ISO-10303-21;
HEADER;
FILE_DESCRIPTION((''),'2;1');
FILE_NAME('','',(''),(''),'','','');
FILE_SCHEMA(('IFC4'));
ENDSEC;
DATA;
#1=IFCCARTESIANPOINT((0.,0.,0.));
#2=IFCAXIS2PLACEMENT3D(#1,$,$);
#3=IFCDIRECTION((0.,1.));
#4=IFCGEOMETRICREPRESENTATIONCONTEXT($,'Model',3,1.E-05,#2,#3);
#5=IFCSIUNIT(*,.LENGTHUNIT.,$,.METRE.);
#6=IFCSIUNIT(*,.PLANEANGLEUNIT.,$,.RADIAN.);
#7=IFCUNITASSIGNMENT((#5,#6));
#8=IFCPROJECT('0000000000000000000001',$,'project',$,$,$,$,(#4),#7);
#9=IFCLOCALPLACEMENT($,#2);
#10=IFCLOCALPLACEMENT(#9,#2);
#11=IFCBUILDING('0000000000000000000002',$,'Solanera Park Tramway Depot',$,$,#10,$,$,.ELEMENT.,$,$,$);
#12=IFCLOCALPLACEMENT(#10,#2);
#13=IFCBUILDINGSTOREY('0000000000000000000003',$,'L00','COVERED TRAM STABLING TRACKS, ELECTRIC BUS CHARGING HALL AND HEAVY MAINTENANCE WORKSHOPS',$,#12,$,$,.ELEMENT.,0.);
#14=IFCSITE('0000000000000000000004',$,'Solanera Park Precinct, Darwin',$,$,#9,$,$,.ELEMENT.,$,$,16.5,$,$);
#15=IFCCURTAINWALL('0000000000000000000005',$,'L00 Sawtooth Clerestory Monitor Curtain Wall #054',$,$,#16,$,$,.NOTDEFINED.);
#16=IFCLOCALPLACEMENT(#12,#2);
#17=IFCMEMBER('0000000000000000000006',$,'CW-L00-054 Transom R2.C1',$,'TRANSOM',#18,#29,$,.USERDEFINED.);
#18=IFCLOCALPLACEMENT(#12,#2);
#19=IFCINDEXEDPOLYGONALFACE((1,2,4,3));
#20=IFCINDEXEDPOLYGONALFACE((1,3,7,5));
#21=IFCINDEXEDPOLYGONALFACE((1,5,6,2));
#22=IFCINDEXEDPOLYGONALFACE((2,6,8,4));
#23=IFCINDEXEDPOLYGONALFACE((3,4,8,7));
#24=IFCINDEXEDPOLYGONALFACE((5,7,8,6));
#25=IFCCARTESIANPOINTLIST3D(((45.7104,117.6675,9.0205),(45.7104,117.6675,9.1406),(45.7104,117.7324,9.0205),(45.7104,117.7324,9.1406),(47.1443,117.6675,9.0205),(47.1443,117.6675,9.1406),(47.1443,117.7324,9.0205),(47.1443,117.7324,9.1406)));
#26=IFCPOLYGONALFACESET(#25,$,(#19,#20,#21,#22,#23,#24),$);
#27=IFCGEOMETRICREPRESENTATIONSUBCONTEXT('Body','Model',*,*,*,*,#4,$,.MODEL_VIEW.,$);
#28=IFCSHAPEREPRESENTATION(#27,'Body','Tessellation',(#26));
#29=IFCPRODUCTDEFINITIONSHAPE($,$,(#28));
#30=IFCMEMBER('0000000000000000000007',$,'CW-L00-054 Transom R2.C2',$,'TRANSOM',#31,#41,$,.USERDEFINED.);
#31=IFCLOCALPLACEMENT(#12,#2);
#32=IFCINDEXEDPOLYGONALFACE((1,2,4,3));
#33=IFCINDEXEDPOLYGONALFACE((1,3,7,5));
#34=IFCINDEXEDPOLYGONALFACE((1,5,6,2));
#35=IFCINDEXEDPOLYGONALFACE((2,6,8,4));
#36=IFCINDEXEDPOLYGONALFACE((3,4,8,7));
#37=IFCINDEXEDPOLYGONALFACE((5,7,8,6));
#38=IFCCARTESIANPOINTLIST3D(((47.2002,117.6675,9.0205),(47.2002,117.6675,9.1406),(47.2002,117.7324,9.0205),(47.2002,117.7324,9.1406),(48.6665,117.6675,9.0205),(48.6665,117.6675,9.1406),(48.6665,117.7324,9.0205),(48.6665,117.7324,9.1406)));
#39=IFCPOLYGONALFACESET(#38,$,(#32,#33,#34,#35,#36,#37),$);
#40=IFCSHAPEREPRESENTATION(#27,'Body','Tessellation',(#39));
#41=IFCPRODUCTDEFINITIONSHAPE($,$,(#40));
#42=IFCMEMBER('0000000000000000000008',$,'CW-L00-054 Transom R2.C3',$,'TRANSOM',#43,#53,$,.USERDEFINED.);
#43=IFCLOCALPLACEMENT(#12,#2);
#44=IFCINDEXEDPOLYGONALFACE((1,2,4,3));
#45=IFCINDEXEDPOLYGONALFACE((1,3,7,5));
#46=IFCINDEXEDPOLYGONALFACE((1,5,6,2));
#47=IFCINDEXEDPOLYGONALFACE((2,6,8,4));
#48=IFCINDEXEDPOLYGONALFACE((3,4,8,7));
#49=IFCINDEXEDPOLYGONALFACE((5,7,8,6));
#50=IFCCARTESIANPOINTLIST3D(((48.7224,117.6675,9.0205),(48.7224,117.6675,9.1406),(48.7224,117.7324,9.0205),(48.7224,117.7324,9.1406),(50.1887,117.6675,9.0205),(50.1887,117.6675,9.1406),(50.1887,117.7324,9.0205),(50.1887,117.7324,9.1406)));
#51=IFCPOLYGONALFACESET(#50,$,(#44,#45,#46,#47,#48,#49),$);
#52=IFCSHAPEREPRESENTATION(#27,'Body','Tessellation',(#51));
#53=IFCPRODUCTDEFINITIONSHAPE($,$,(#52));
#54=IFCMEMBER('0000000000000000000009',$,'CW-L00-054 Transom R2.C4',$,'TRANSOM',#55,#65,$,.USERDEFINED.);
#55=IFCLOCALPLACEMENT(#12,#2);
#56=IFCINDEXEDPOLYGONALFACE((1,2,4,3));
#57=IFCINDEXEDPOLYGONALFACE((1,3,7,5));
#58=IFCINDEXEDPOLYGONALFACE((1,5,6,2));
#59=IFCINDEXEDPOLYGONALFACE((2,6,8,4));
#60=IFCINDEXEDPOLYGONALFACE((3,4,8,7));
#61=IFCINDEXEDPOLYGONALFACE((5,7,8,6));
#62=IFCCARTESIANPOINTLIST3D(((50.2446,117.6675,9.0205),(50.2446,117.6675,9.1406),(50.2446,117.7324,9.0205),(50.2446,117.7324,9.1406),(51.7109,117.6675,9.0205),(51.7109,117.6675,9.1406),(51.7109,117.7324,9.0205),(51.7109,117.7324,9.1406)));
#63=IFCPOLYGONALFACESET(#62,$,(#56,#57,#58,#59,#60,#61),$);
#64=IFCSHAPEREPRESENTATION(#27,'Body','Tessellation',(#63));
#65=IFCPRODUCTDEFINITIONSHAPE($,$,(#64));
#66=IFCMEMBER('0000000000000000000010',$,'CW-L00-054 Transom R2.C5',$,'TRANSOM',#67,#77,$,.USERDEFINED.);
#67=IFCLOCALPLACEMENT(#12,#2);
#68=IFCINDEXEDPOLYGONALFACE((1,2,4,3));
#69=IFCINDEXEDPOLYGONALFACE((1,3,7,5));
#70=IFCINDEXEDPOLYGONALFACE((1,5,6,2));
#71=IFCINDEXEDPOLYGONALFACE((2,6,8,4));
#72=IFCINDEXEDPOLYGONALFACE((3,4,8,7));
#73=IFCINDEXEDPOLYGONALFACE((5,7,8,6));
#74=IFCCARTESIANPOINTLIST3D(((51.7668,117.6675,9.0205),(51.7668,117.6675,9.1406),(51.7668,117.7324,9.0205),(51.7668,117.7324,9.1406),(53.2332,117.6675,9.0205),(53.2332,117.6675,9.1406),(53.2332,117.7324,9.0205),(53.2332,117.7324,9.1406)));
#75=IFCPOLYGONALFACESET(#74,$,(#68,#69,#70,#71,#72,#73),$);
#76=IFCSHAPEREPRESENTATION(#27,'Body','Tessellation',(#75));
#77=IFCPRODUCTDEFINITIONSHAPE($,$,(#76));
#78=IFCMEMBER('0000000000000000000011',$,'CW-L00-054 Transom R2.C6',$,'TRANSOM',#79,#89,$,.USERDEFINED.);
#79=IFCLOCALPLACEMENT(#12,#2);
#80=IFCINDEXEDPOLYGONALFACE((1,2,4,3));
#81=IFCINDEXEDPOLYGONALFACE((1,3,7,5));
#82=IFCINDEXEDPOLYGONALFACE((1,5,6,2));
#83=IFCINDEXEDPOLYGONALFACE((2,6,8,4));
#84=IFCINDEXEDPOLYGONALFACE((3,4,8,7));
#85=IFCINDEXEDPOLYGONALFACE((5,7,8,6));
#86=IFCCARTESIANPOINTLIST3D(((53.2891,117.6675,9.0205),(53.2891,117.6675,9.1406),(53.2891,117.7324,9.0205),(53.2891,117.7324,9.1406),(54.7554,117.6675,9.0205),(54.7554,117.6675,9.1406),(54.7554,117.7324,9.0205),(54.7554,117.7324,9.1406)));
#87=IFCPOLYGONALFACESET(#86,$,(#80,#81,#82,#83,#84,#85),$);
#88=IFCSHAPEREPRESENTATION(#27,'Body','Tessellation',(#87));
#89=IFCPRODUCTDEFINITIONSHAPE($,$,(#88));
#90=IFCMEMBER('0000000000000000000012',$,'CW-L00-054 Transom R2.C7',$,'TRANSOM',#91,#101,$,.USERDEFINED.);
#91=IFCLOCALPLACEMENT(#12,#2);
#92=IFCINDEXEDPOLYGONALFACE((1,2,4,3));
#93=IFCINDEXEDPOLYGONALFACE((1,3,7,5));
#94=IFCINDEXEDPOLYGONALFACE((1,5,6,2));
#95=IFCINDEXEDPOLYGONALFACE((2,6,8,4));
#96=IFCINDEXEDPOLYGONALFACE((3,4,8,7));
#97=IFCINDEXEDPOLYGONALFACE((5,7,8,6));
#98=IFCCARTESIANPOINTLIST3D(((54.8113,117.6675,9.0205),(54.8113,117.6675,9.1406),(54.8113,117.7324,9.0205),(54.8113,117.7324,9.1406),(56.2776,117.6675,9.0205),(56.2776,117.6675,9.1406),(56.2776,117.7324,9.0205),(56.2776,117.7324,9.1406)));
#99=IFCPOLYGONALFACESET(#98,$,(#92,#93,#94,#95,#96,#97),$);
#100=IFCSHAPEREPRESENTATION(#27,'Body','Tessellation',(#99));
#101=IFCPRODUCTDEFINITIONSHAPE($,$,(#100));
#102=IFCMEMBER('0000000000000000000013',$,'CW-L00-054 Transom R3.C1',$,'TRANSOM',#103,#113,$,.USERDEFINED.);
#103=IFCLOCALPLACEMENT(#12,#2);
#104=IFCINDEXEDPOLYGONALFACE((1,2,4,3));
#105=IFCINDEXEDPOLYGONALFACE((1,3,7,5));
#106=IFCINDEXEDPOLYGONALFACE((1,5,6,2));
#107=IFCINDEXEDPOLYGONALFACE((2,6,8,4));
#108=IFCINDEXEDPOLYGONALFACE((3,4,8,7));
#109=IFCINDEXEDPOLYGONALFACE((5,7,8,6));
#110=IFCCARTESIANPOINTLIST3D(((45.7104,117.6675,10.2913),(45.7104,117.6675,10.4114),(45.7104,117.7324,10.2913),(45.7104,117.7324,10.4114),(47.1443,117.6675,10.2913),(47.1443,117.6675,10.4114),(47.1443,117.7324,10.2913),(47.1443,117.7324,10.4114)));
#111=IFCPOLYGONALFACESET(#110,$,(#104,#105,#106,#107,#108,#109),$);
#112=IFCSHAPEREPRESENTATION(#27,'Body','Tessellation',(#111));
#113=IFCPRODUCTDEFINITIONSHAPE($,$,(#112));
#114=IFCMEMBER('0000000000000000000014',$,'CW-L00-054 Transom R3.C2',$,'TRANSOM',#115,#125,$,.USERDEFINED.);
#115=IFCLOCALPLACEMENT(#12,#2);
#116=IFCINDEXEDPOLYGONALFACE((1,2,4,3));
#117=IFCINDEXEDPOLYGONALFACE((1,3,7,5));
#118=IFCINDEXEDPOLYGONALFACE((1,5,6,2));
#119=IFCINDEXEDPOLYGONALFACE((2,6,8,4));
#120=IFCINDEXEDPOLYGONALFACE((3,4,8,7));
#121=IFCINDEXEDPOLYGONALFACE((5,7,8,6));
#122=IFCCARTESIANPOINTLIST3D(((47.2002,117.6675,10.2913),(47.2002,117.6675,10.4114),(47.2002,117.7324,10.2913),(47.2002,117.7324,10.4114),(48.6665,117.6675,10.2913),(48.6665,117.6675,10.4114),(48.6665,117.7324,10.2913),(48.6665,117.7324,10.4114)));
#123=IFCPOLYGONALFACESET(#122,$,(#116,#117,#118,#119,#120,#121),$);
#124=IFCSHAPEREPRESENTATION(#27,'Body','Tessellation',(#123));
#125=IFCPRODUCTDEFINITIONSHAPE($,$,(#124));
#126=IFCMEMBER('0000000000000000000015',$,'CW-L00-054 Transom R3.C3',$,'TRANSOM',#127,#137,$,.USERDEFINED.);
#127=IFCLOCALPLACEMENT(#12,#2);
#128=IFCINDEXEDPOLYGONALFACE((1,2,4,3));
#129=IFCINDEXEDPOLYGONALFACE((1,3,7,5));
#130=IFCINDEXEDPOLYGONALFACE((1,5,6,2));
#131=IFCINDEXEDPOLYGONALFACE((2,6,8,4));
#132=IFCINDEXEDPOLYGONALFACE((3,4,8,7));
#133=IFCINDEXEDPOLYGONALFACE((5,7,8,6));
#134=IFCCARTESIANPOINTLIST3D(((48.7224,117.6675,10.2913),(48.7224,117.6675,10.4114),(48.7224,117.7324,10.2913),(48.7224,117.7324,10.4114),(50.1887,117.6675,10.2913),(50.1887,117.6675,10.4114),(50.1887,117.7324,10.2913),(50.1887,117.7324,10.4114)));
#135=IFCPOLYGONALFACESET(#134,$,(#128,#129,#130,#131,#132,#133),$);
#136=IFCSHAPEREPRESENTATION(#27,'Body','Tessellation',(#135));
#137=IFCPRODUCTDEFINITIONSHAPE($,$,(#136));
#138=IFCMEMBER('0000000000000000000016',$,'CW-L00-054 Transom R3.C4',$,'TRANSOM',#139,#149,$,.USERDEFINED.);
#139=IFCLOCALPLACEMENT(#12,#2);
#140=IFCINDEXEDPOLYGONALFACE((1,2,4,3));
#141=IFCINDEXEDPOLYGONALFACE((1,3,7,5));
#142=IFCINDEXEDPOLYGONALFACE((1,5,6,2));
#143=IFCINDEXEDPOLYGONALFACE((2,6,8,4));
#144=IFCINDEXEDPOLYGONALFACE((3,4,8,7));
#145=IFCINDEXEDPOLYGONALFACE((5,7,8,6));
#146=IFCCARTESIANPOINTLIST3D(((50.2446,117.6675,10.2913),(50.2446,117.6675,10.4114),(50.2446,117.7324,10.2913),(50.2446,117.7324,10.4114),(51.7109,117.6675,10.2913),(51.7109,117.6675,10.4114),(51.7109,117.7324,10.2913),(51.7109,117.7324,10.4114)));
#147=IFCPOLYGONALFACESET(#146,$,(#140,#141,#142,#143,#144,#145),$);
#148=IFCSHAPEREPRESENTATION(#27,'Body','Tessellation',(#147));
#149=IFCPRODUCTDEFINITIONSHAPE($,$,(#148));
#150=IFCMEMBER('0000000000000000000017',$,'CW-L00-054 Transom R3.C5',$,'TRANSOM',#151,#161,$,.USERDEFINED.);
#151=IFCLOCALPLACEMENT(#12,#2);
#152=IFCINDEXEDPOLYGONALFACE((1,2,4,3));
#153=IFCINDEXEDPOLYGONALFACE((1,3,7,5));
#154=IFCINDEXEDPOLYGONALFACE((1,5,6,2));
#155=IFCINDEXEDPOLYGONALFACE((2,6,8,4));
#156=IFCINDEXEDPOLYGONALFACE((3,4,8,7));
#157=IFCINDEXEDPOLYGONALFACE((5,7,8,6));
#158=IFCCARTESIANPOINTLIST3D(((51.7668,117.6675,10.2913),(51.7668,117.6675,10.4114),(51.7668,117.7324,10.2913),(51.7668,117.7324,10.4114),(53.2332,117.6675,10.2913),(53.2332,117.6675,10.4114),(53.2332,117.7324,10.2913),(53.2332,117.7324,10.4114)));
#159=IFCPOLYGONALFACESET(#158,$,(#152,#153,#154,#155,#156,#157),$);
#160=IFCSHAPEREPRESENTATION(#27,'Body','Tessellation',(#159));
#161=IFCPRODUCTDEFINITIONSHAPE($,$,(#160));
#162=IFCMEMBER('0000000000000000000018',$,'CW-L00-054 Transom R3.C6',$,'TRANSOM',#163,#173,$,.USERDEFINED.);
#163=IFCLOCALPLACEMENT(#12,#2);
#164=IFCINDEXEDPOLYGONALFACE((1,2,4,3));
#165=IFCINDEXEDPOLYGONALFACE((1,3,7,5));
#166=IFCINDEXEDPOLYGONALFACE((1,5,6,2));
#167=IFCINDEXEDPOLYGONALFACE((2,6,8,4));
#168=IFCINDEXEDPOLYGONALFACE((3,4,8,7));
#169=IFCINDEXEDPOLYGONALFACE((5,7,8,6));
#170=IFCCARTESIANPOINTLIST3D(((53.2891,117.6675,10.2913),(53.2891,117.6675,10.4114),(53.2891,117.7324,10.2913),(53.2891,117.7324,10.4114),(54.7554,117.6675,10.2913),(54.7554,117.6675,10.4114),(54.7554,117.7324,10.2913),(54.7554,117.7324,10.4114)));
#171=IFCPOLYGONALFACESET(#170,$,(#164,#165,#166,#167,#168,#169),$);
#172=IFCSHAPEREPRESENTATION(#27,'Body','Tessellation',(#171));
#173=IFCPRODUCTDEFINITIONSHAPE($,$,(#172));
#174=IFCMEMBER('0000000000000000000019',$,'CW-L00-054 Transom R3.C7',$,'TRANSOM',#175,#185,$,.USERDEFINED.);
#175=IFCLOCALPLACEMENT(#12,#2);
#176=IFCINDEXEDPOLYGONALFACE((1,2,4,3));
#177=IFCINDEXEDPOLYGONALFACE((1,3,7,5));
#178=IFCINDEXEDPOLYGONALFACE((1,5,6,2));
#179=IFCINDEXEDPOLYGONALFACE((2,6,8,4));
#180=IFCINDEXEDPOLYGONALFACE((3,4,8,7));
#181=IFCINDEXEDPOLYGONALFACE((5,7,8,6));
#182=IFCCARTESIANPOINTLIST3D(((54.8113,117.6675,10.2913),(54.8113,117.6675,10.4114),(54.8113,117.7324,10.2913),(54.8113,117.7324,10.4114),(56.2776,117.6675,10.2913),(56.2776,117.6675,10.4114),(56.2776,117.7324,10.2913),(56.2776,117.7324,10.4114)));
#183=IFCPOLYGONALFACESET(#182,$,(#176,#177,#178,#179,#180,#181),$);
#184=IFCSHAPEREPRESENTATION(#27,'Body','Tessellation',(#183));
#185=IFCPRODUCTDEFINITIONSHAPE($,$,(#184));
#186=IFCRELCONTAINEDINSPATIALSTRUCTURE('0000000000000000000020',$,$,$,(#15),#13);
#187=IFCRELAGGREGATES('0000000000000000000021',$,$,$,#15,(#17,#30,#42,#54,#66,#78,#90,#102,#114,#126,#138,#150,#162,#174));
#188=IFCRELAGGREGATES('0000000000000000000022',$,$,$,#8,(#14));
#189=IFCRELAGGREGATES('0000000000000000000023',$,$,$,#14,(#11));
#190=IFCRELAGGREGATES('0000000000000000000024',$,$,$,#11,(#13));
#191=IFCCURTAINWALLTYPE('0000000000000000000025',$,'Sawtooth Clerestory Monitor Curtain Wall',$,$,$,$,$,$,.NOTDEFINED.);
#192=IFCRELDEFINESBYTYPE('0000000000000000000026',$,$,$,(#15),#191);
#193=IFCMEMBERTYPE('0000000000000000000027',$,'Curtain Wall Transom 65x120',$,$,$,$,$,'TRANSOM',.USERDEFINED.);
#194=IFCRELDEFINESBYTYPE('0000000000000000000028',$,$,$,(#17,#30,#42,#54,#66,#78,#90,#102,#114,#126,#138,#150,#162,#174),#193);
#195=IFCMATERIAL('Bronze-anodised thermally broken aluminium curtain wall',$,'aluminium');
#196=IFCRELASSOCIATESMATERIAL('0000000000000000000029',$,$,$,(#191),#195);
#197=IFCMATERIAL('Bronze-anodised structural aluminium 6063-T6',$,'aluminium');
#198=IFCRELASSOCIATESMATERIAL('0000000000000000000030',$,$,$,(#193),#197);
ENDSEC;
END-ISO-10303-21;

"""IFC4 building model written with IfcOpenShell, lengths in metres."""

from ifc_helpers import new_model, si_unit, direction, frame, origin, origin_2d, place, context, subcontext, project, spatial, rectangle, extrude, material, material_profile, profile_set, type_object, element, aggregate, save


model = new_model("IFC4")

# Units and contexts
model_context = context("Model", 3, precision=1e-05, world=origin(), true_north=direction((0.0, 1.0)))
body_context = subcontext(model_context, "Body", "Model", "MODEL_VIEW")
ifc_project = project(units=[si_unit("LENGTHUNIT", "METRE"), si_unit("PLANEANGLEUNIT", "RADIAN")], contexts=[model_context])

# Site, building, storey
site_placement = place(None, origin())
site = spatial("IfcSite", under=ifc_project, at=site_placement, Name="Solanera Park Precinct, Darwin", CompositionType="ELEMENT", RefElevation=16.5)
building_placement = place(site_placement, origin())
building = spatial("IfcBuilding", under=site, at=building_placement, Name="Solanera Park Tramway Depot", CompositionType="ELEMENT")
storey_placement = place(building_placement, origin())
storey = spatial("IfcBuildingStorey", under=building, at=storey_placement, Name="L00", Description="COVERED TRAM STABLING TRACKS, ELECTRIC BUS CHARGING HALL AND HEAVY MAINTENANCE WORKSHOPS", CompositionType="ELEMENT", Elevation=0.0)

# Curtain wall, members
ifc_material_1 = material(Name="Bronze-anodised thermally broken aluminium curtain wall", Category="aluminium")
curtain_wall_type = type_object("IfcCurtainWallType", Name="Sawtooth Clerestory Monitor Curtain Wall", PredefinedType="NOTDEFINED", material=ifc_material_1)
curtain_wall_placement = place(storey_placement, origin())
curtain_wall = element("IfcCurtainWall", 1, at=curtain_wall_placement, inside=storey, type_object=curtain_wall_type, Name="L00 Sawtooth Clerestory Monitor Curtain Wall #054", PredefinedType="NOTDEFINED")
ifc_material_2 = material(Name="Bronze-anodised structural aluminium 6063-T6", Category="aluminium")
ifc_material_profile_1 = material_profile(ifc_material_2, rectangle(XDim=0.0649, YDim=0.1201, at=origin_2d()), Name="Curtain Wall Transom 65x120")
ifc_profile_set_1 = profile_set([ifc_material_profile_1], Name="Bronze-anodised structural aluminium 6063-T6")
member_type = type_object("IfcMemberType", Name="Curtain Wall Transom 65x120", ElementType="TRANSOM", PredefinedType="USERDEFINED", material=ifc_profile_set_1)
member_1_placement = place(storey_placement, frame((45.7104, 117.7, 9.0806), z_axis=(1.0, 0.0, 0.0), x_axis=(0.0, 1.0, 0.0)))
member_1 = element("IfcMember", 2, at=member_1_placement, type_object=member_type, Name="CW-L00-054 Transom R2.C1", ObjectType="TRANSOM", PredefinedType="USERDEFINED", context=body_context, shape_type="SweptSolid", body=[
    extrude(rectangle(XDim=0.0649, YDim=0.1201, at=origin_2d()), origin(), (0.0, 0.0, 1.0), 1.4338),
])
member_2_placement = place(storey_placement, frame((47.2002, 117.7, 9.0806), z_axis=(1.0, 0.0, 0.0), x_axis=(0.0, 1.0, 0.0)))
member_2 = element("IfcMember", 3, at=member_2_placement, type_object=member_type, Name="CW-L00-054 Transom R2.C2", ObjectType="TRANSOM", PredefinedType="USERDEFINED", context=body_context, shape_type="SweptSolid", body=[
    extrude(rectangle(XDim=0.0649, YDim=0.1201, at=origin_2d()), origin(), (0.0, 0.0, 1.0), 1.4663),
])
member_3_placement = place(storey_placement, frame((48.7224, 117.7, 9.0806), z_axis=(1.0, 0.0, 0.0), x_axis=(0.0, 1.0, 0.0)))
member_3 = element("IfcMember", 4, at=member_3_placement, type_object=member_type, Name="CW-L00-054 Transom R2.C3", ObjectType="TRANSOM", PredefinedType="USERDEFINED", context=body_context, shape_type="SweptSolid", body=[
    extrude(rectangle(XDim=0.0649, YDim=0.1201, at=origin_2d()), origin(), (0.0, 0.0, 1.0), 1.4663),
])
member_4_placement = place(storey_placement, frame((50.2446, 117.7, 9.0806), z_axis=(1.0, 0.0, 0.0), x_axis=(0.0, 1.0, 0.0)))
member_4 = element("IfcMember", 5, at=member_4_placement, type_object=member_type, Name="CW-L00-054 Transom R2.C4", ObjectType="TRANSOM", PredefinedType="USERDEFINED", context=body_context, shape_type="SweptSolid", body=[
    extrude(rectangle(XDim=0.0649, YDim=0.1201, at=origin_2d()), origin(), (0.0, 0.0, 1.0), 1.4663),
])
member_5_placement = place(storey_placement, frame((51.7668, 117.7, 9.0806), z_axis=(1.0, 0.0, 0.0), x_axis=(0.0, 1.0, 0.0)))
member_5 = element("IfcMember", 6, at=member_5_placement, type_object=member_type, Name="CW-L00-054 Transom R2.C5", ObjectType="TRANSOM", PredefinedType="USERDEFINED", context=body_context, shape_type="SweptSolid", body=[
    extrude(rectangle(XDim=0.0649, YDim=0.1201, at=origin_2d()), origin(), (0.0, 0.0, 1.0), 1.4663),
])
member_6_placement = place(storey_placement, frame((53.2891, 117.7, 9.0806), z_axis=(1.0, 0.0, 0.0), x_axis=(0.0, 1.0, 0.0)))
member_6 = element("IfcMember", 7, at=member_6_placement, type_object=member_type, Name="CW-L00-054 Transom R2.C6", ObjectType="TRANSOM", PredefinedType="USERDEFINED", context=body_context, shape_type="SweptSolid", body=[
    extrude(rectangle(XDim=0.0649, YDim=0.1201, at=origin_2d()), origin(), (0.0, 0.0, 1.0), 1.4663),
])
member_7_placement = place(storey_placement, frame((54.8113, 117.7, 9.0806), z_axis=(1.0, 0.0, 0.0), x_axis=(0.0, 1.0, 0.0)))
member_7 = element("IfcMember", 8, at=member_7_placement, type_object=member_type, Name="CW-L00-054 Transom R2.C7", ObjectType="TRANSOM", PredefinedType="USERDEFINED", context=body_context, shape_type="SweptSolid", body=[
    extrude(rectangle(XDim=0.0649, YDim=0.1201, at=origin_2d()), origin(), (0.0, 0.0, 1.0), 1.4663),
])
member_8_placement = place(storey_placement, frame((45.7104, 117.7, 10.3513), z_axis=(1.0, 0.0, 0.0), x_axis=(0.0, 1.0, 0.0)))
member_8 = element("IfcMember", 9, at=member_8_placement, type_object=member_type, Name="CW-L00-054 Transom R3.C1", ObjectType="TRANSOM", PredefinedType="USERDEFINED", context=body_context, shape_type="SweptSolid", body=[
    extrude(rectangle(XDim=0.0649, YDim=0.1201, at=origin_2d()), origin(), (0.0, 0.0, 1.0), 1.4338),
])
member_9_placement = place(storey_placement, frame((47.2002, 117.7, 10.3513), z_axis=(1.0, 0.0, 0.0), x_axis=(0.0, 1.0, 0.0)))
member_9 = element("IfcMember", 10, at=member_9_placement, type_object=member_type, Name="CW-L00-054 Transom R3.C2", ObjectType="TRANSOM", PredefinedType="USERDEFINED", context=body_context, shape_type="SweptSolid", body=[
    extrude(rectangle(XDim=0.0649, YDim=0.1201, at=origin_2d()), origin(), (0.0, 0.0, 1.0), 1.4663),
])
member_10_placement = place(storey_placement, frame((48.7224, 117.7, 10.3513), z_axis=(1.0, 0.0, 0.0), x_axis=(0.0, 1.0, 0.0)))
member_10 = element("IfcMember", 11, at=member_10_placement, type_object=member_type, Name="CW-L00-054 Transom R3.C3", ObjectType="TRANSOM", PredefinedType="USERDEFINED", context=body_context, shape_type="SweptSolid", body=[
    extrude(rectangle(XDim=0.0649, YDim=0.1201, at=origin_2d()), origin(), (0.0, 0.0, 1.0), 1.4663),
])
member_11_placement = place(storey_placement, frame((50.2446, 117.7, 10.3513), z_axis=(1.0, 0.0, 0.0), x_axis=(0.0, 1.0, 0.0)))
member_11 = element("IfcMember", 12, at=member_11_placement, type_object=member_type, Name="CW-L00-054 Transom R3.C4", ObjectType="TRANSOM", PredefinedType="USERDEFINED", context=body_context, shape_type="SweptSolid", body=[
    extrude(rectangle(XDim=0.0649, YDim=0.1201, at=origin_2d()), origin(), (0.0, 0.0, 1.0), 1.4663),
])
member_12_placement = place(storey_placement, frame((51.7668, 117.7, 10.3513), z_axis=(1.0, 0.0, 0.0), x_axis=(0.0, 1.0, 0.0)))
member_12 = element("IfcMember", 13, at=member_12_placement, type_object=member_type, Name="CW-L00-054 Transom R3.C5", ObjectType="TRANSOM", PredefinedType="USERDEFINED", context=body_context, shape_type="SweptSolid", body=[
    extrude(rectangle(XDim=0.0649, YDim=0.1201, at=origin_2d()), origin(), (0.0, 0.0, 1.0), 1.4663),
])
member_13_placement = place(storey_placement, frame((53.2891, 117.7, 10.3513), z_axis=(1.0, 0.0, 0.0), x_axis=(0.0, 1.0, 0.0)))
member_13 = element("IfcMember", 14, at=member_13_placement, type_object=member_type, Name="CW-L00-054 Transom R3.C6", ObjectType="TRANSOM", PredefinedType="USERDEFINED", context=body_context, shape_type="SweptSolid", body=[
    extrude(rectangle(XDim=0.0649, YDim=0.1201, at=origin_2d()), origin(), (0.0, 0.0, 1.0), 1.4663),
])
member_14_placement = place(storey_placement, frame((54.8113, 117.7, 10.3513), z_axis=(1.0, 0.0, 0.0), x_axis=(0.0, 1.0, 0.0)))
member_14 = element("IfcMember", 15, at=member_14_placement, type_object=member_type, Name="CW-L00-054 Transom R3.C7", ObjectType="TRANSOM", PredefinedType="USERDEFINED", context=body_context, shape_type="SweptSolid", body=[
    extrude(rectangle(XDim=0.0649, YDim=0.1201, at=origin_2d()), origin(), (0.0, 0.0, 1.0), 1.4663),
])

aggregate(curtain_wall, [member_1, member_2, member_3, member_4, member_5, member_6, member_7, member_8, member_9, member_10, member_11, member_12, member_13, member_14])

save(model, "model.ifc")
